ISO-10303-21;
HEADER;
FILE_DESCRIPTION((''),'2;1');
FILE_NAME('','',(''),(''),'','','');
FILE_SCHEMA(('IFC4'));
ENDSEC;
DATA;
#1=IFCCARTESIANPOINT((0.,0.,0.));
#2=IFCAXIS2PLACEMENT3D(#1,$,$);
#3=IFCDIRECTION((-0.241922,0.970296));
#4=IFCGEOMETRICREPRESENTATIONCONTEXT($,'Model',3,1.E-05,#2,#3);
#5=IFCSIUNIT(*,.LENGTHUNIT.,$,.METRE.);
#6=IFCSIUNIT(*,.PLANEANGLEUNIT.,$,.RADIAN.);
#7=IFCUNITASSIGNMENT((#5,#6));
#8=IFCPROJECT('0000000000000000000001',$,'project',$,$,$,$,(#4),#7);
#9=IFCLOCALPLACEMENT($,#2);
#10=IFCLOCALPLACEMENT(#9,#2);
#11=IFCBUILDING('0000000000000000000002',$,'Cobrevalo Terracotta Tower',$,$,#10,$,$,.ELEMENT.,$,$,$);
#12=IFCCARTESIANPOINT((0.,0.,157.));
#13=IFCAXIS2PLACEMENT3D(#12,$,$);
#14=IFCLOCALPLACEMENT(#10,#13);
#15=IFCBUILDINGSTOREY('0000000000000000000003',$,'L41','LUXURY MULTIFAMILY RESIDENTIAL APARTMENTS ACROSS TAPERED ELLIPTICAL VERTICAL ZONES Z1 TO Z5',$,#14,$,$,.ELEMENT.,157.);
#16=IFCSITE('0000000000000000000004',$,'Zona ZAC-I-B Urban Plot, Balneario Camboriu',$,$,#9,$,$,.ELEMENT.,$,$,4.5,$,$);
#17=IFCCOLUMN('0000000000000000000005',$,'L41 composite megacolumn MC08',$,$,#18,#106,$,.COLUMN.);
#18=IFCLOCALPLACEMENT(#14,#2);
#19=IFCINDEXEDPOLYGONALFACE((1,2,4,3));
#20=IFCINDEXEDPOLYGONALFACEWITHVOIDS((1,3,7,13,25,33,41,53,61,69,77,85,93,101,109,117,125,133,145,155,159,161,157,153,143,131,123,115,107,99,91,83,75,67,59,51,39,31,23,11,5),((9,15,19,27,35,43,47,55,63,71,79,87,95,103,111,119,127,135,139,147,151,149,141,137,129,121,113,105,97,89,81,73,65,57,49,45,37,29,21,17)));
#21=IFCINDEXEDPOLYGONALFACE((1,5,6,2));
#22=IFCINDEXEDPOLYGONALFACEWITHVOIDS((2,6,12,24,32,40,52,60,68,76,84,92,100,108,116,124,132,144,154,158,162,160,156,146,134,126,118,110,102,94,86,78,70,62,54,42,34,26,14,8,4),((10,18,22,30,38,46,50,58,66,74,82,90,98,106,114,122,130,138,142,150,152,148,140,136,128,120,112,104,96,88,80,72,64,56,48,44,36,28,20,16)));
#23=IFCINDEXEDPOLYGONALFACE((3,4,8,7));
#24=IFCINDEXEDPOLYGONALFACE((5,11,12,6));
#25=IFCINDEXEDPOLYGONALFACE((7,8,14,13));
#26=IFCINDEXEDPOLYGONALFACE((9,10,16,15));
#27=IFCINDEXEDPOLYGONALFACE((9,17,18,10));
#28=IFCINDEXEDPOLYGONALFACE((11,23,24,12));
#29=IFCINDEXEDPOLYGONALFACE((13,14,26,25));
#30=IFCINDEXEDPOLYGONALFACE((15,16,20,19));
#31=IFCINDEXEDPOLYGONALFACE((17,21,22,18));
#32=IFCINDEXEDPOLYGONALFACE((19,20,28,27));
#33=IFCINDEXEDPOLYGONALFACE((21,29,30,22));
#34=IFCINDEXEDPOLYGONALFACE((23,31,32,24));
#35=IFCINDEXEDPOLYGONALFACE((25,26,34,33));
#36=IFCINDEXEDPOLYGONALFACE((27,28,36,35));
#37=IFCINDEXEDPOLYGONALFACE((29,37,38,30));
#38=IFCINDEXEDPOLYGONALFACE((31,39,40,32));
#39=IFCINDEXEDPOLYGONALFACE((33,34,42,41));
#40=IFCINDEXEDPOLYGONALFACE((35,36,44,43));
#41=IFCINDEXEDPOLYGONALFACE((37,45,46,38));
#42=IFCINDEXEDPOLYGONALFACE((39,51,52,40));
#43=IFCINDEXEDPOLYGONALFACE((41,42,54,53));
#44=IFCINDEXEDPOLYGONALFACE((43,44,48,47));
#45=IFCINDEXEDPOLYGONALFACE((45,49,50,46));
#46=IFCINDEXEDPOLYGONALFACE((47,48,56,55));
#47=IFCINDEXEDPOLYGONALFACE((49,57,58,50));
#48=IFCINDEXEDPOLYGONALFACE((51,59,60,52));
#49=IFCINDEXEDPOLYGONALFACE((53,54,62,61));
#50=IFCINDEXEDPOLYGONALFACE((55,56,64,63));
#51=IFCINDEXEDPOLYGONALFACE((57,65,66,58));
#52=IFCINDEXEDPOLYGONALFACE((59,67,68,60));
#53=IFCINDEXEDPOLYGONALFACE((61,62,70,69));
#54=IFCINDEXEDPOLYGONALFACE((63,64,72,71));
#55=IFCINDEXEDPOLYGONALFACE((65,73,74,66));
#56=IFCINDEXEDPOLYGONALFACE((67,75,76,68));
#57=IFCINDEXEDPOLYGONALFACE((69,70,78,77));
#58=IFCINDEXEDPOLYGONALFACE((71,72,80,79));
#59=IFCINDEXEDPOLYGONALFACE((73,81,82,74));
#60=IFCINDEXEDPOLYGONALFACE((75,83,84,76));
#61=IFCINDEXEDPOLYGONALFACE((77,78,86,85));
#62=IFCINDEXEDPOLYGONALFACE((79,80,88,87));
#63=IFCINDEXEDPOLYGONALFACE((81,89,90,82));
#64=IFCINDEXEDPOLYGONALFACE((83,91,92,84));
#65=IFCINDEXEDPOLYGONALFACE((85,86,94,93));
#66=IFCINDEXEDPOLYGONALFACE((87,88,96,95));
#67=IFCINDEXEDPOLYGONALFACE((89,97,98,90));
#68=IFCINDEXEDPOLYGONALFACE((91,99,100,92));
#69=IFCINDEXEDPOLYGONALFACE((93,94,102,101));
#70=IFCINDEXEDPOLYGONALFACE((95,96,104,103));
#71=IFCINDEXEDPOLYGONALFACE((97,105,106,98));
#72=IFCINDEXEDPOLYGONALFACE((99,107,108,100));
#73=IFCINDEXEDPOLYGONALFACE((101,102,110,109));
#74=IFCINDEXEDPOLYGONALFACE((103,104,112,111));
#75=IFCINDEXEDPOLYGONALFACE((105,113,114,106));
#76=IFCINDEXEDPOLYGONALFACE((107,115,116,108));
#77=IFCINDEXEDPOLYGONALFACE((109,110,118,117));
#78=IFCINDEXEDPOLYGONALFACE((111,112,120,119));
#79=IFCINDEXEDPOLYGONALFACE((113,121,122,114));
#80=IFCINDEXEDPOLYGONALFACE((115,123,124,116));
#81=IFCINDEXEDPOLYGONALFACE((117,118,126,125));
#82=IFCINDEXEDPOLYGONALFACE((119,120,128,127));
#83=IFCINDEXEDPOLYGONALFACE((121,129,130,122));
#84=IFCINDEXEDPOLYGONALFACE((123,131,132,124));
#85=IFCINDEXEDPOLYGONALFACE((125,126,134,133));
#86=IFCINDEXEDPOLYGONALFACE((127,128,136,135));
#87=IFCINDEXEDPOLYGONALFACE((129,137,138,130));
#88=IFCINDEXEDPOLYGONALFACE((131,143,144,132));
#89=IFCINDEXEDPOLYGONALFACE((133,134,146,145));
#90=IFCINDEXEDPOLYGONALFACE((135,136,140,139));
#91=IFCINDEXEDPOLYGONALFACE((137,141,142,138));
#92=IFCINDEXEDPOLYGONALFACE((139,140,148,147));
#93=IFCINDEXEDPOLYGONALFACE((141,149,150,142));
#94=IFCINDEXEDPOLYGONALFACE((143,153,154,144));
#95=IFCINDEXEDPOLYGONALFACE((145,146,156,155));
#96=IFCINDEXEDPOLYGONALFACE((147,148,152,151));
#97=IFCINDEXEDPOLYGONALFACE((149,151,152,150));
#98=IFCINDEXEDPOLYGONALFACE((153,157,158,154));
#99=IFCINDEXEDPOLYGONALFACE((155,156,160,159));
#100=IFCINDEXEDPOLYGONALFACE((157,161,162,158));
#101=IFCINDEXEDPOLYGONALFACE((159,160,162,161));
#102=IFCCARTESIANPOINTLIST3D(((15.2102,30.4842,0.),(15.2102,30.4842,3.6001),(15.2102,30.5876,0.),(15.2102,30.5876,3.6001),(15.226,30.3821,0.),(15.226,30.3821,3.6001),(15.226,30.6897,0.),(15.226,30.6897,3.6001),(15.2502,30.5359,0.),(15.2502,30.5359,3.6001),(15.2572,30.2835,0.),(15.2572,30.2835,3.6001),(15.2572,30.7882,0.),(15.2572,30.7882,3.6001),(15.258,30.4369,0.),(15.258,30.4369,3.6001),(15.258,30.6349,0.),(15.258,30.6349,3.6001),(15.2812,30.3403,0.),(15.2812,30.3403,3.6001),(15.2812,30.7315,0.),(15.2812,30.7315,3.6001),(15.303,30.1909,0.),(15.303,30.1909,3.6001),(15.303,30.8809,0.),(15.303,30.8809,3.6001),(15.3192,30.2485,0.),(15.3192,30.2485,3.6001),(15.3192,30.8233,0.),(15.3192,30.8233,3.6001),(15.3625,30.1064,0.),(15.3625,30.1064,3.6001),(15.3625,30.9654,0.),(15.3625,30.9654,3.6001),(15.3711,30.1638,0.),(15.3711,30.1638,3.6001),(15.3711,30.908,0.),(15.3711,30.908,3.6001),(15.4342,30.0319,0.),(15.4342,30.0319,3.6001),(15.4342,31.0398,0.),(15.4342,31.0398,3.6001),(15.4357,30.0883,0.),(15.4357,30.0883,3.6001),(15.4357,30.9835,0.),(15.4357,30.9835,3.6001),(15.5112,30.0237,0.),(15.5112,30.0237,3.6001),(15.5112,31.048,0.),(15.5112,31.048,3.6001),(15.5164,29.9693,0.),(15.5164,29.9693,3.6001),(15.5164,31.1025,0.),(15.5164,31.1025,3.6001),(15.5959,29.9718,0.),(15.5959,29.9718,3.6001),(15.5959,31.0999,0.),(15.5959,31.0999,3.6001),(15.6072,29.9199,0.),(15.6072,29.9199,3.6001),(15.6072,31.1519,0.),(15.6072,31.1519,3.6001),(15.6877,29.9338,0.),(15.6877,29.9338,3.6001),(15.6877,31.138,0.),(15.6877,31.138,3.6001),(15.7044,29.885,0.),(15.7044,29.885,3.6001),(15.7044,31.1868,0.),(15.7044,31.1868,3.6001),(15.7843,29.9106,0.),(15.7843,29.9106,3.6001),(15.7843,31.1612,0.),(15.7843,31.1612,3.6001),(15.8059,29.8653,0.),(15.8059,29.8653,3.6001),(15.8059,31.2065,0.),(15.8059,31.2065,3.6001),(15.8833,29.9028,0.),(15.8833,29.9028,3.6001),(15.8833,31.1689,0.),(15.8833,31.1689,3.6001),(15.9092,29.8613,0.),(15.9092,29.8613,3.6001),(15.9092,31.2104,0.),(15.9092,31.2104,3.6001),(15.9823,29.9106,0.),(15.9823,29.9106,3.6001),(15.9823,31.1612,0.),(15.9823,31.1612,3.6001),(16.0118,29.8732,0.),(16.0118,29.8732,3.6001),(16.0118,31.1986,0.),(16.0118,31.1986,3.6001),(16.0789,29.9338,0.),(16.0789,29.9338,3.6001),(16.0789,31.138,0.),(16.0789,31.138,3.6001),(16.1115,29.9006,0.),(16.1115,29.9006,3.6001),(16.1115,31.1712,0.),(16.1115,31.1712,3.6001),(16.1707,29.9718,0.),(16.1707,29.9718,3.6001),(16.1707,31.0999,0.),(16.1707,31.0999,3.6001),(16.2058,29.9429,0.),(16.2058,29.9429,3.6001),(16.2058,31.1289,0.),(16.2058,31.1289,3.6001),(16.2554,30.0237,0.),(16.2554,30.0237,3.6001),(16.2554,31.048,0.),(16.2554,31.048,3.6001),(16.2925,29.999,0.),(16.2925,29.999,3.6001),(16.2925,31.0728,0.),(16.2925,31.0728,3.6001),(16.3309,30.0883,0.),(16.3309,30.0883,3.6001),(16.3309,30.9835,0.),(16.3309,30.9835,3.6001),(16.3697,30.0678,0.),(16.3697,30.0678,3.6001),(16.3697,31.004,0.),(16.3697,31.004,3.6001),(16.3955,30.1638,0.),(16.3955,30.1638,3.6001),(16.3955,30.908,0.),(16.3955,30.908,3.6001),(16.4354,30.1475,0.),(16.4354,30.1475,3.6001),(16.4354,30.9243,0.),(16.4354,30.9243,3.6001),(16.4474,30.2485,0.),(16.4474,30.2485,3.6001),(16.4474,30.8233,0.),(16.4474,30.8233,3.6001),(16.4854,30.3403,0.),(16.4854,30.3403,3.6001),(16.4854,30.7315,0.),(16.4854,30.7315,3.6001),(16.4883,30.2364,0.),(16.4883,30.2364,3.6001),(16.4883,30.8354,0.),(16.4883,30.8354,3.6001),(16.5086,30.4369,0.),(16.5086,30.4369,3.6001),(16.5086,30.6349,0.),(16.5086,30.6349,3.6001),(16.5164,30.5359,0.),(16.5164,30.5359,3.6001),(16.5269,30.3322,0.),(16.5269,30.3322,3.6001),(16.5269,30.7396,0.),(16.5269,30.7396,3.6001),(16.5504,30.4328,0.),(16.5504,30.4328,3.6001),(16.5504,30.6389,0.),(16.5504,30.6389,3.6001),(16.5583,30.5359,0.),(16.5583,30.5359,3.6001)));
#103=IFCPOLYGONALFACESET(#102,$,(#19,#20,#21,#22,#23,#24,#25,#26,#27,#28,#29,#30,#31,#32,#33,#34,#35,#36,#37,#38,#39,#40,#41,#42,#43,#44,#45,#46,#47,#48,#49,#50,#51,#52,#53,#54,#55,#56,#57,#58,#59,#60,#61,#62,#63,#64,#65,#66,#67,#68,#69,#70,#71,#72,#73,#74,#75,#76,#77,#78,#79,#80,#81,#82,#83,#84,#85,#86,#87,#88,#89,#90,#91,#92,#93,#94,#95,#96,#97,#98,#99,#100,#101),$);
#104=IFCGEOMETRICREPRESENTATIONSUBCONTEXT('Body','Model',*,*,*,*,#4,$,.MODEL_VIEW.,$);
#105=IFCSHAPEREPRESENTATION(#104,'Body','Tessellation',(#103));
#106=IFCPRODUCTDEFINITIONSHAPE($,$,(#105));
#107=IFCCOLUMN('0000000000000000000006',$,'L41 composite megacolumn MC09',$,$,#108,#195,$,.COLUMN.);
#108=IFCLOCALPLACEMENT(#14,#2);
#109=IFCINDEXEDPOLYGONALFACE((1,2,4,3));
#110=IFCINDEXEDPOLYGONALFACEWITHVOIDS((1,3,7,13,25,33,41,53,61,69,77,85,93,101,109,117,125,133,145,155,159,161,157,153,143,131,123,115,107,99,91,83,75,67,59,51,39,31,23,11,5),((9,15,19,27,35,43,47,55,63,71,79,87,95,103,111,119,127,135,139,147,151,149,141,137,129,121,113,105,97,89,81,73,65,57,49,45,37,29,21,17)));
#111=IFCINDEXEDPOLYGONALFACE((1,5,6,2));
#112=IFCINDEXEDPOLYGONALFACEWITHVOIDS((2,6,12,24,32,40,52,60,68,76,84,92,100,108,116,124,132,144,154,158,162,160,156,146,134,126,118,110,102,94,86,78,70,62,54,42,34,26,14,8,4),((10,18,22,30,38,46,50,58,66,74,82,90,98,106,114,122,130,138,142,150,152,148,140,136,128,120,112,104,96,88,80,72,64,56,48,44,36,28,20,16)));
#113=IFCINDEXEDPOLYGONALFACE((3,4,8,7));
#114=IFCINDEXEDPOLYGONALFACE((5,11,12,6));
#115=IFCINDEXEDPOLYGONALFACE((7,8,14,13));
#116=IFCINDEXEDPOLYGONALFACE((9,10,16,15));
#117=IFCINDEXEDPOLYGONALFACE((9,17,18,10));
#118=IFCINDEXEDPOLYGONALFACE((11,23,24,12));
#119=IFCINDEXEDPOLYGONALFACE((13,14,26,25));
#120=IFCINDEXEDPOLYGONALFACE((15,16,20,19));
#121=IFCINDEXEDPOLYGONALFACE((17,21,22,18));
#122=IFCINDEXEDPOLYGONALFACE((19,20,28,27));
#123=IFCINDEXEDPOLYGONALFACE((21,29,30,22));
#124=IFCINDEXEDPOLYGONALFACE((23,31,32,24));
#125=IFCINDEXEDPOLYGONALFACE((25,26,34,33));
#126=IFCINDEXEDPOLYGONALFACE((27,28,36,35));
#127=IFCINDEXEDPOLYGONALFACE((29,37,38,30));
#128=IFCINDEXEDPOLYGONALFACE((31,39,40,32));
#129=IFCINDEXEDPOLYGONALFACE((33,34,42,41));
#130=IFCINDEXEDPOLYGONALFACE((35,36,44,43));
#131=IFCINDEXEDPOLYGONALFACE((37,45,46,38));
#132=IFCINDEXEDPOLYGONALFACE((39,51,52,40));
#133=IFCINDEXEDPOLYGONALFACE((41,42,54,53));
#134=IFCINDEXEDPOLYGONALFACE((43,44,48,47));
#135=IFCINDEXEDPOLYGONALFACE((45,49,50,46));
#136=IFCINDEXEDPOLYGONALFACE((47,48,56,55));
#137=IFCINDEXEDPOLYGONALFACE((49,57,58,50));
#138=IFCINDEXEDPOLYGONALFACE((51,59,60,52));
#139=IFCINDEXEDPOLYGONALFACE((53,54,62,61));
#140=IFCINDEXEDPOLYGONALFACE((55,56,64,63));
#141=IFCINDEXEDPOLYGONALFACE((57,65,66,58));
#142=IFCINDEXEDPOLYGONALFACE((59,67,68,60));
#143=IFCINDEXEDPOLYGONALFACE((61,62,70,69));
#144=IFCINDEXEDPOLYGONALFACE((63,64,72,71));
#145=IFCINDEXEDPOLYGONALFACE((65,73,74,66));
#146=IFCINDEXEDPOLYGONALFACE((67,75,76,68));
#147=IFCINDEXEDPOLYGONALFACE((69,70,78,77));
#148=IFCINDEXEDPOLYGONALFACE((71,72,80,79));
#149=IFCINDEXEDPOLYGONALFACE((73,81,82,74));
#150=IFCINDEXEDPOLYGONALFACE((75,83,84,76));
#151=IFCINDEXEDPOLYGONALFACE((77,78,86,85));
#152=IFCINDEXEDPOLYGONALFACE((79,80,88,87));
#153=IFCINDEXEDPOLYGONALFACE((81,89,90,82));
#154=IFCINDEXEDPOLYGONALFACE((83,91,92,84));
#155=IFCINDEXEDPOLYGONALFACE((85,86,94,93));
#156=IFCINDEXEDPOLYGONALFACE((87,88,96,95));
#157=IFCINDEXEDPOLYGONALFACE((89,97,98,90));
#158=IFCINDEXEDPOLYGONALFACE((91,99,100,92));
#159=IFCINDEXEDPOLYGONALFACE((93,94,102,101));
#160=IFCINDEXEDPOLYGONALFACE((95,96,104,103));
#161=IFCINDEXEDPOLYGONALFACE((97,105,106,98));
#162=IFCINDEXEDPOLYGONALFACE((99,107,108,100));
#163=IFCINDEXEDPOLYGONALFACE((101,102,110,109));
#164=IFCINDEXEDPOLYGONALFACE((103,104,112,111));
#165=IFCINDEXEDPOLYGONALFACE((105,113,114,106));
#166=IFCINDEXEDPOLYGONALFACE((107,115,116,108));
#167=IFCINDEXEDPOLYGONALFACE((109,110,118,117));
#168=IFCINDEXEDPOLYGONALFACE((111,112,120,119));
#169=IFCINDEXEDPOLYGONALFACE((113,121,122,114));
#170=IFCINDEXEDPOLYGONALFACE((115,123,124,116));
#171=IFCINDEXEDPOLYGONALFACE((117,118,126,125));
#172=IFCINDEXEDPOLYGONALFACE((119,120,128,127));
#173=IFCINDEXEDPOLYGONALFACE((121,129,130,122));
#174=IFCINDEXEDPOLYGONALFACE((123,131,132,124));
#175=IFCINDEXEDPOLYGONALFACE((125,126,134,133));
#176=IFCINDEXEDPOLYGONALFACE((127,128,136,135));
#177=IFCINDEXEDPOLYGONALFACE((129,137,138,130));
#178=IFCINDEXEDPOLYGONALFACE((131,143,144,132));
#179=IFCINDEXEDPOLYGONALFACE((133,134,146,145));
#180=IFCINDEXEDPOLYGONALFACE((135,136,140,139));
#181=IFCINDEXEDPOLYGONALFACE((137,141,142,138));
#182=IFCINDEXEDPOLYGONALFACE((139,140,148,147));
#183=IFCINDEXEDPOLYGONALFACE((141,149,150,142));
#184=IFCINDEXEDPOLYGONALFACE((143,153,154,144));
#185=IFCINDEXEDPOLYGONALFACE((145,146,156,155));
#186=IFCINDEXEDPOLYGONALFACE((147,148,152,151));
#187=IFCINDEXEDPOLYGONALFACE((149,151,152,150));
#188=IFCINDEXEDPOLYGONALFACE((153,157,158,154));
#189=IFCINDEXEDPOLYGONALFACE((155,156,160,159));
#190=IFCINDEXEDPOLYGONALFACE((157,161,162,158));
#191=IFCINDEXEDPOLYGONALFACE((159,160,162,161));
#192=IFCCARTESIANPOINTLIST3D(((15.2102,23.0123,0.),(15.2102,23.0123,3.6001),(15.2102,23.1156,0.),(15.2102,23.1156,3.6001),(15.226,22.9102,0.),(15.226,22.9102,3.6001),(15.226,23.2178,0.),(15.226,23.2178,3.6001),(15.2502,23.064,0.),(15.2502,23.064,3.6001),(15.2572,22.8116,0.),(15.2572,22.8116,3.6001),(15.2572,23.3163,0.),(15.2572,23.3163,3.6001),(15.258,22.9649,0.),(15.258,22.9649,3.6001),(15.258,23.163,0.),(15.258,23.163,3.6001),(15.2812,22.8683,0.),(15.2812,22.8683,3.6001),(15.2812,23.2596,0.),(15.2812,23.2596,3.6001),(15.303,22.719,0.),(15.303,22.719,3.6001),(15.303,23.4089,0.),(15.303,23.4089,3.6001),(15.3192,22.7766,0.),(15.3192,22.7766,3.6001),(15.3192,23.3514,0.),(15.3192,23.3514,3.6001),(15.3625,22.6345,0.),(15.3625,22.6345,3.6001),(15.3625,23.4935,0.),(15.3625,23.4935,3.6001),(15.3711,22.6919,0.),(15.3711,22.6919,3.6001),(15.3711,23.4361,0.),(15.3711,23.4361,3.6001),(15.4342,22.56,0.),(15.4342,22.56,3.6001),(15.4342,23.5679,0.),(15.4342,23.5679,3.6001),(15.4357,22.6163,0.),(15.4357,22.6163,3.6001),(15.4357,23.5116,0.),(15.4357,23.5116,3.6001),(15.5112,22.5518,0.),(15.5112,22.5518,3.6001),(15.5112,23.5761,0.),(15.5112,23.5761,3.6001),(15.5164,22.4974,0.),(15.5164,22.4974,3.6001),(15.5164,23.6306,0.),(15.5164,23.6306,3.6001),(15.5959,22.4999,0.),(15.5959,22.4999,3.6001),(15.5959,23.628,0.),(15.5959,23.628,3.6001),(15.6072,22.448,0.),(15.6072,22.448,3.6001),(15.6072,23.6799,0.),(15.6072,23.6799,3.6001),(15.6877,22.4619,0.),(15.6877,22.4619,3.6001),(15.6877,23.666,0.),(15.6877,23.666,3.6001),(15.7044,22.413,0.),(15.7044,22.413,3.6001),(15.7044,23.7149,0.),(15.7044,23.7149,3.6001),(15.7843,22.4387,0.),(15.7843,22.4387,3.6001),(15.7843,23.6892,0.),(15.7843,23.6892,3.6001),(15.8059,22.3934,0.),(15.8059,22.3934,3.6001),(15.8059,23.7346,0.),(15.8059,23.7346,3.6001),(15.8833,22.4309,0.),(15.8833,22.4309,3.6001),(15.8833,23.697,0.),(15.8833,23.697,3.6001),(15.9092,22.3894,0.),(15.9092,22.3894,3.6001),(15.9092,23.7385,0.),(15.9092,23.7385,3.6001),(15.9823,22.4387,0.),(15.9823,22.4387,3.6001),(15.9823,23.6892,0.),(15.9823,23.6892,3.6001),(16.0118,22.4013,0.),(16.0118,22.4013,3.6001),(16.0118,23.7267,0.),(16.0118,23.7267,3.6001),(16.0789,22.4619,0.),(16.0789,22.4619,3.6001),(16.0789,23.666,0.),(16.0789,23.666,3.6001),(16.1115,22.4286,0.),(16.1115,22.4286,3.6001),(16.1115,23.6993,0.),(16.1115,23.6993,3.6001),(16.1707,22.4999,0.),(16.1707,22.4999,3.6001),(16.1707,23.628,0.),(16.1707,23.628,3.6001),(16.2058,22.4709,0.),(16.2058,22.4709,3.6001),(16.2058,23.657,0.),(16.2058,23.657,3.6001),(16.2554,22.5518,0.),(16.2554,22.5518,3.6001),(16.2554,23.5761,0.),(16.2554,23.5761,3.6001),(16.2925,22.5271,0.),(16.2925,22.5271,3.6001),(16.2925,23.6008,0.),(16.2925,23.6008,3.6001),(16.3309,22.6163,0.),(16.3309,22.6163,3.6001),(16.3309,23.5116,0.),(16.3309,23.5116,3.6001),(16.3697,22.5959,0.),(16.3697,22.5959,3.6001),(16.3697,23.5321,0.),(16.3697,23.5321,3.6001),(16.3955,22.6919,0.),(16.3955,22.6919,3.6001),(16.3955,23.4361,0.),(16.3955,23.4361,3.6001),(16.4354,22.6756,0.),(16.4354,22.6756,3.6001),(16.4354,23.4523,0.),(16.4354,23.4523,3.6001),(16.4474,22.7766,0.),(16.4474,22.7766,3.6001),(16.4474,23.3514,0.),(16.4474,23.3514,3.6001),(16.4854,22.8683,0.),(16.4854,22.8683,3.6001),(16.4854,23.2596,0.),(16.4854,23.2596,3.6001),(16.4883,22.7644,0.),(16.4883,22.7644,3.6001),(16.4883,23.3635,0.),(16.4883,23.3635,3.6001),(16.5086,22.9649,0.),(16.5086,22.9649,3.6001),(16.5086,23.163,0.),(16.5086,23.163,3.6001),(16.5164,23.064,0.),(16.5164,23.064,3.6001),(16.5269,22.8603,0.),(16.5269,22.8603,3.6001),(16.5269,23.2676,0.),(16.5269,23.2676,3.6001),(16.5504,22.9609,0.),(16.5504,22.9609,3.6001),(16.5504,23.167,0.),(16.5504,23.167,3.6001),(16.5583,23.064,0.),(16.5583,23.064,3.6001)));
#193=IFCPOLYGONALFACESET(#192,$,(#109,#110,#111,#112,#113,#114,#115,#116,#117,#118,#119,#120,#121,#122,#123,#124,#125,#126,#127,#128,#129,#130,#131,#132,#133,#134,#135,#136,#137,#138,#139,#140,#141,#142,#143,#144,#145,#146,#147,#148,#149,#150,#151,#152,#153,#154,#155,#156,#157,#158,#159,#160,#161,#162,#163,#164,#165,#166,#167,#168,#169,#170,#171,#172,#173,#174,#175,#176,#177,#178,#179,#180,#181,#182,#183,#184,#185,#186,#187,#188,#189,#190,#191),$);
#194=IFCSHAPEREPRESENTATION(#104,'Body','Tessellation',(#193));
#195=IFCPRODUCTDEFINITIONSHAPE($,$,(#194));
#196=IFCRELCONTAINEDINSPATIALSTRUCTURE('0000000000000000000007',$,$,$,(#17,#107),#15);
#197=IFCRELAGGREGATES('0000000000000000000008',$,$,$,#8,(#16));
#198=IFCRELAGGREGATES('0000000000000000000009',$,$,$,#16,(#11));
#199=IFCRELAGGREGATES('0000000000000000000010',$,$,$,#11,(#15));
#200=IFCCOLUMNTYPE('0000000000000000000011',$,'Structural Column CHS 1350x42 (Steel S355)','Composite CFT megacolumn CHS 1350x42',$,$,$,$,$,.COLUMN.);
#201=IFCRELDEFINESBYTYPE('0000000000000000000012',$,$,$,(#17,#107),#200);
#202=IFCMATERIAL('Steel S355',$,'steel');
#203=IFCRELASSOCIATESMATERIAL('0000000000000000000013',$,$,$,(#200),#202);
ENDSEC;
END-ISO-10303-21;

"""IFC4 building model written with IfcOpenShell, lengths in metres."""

from ifc_helpers import new_model, si_unit, direction, frame, origin, origin_2d, place, context, subcontext, project, spatial, hollow_circle, extrude, material, material_profile, profile_set, type_object, element, save


model = new_model("IFC4")

# Units and contexts
model_context = context("Model", 3, precision=1e-05, world=origin(), true_north=direction((-0.241922, 0.970296)))
body_context = subcontext(model_context, "Body", "Model", "MODEL_VIEW")
ifc_project = project(units=[si_unit("LENGTHUNIT", "METRE"), si_unit("PLANEANGLEUNIT", "RADIAN")], contexts=[model_context])

# Site, building, storey
site_placement = place(None, origin())
site = spatial("IfcSite", under=ifc_project, at=site_placement, Name="Zona ZAC-I-B Urban Plot, Balneario Camboriu", CompositionType="ELEMENT", RefElevation=4.5)
building_placement = place(site_placement, origin())
building = spatial("IfcBuilding", under=site, at=building_placement, Name="Cobrevalo Terracotta Tower", CompositionType="ELEMENT")
storey_placement = place(building_placement, frame((0.0, 0.0, 157.0)))
storey = spatial("IfcBuildingStorey", under=building, at=storey_placement, Name="L41", Description="LUXURY MULTIFAMILY RESIDENTIAL APARTMENTS ACROSS TAPERED ELLIPTICAL VERTICAL ZONES Z1 TO Z5", CompositionType="ELEMENT", Elevation=157.0)

# Columns
ifc_material_1 = material(Name="Steel S355", Category="steel")
ifc_material_profile_1 = material_profile(ifc_material_1, hollow_circle(Radius=0.675, WallThickness=0.042, at=origin_2d()), Name="CHS 1350x42")
ifc_profile_set_1 = profile_set([ifc_material_profile_1], Name="Steel S355")
column_type = type_object("IfcColumnType", Name="Structural Column CHS 1350x42 (Steel S355)", Description="Composite CFT megacolumn CHS 1350x42", PredefinedType="COLUMN", material=ifc_profile_set_1)
for number, where, z_axis, x_axis, name in (
    (1, (15.8833, 30.5359, 0.0), (0.0, 0.0, 1.0), (1.0, 0.0, 0.0), "L41 composite megacolumn MC08"),
    (2, (15.8833, 23.064, 0.0), (0.0, 0.0, 1.0), (1.0, 0.0, 0.0), "L41 composite megacolumn MC09"),
):
    element("IfcColumn", number, at=place(storey_placement, frame(where, z_axis=z_axis, x_axis=x_axis)), inside=storey, type_object=column_type, Name=name, PredefinedType="COLUMN", context=body_context, shape_type="SweptSolid", body=[
        extrude(hollow_circle(Radius=0.675, WallThickness=0.042, at=origin_2d()), origin(), (0.0, 0.0, 1.0), 3.6001),
    ])

save(model, "model.ifc")
